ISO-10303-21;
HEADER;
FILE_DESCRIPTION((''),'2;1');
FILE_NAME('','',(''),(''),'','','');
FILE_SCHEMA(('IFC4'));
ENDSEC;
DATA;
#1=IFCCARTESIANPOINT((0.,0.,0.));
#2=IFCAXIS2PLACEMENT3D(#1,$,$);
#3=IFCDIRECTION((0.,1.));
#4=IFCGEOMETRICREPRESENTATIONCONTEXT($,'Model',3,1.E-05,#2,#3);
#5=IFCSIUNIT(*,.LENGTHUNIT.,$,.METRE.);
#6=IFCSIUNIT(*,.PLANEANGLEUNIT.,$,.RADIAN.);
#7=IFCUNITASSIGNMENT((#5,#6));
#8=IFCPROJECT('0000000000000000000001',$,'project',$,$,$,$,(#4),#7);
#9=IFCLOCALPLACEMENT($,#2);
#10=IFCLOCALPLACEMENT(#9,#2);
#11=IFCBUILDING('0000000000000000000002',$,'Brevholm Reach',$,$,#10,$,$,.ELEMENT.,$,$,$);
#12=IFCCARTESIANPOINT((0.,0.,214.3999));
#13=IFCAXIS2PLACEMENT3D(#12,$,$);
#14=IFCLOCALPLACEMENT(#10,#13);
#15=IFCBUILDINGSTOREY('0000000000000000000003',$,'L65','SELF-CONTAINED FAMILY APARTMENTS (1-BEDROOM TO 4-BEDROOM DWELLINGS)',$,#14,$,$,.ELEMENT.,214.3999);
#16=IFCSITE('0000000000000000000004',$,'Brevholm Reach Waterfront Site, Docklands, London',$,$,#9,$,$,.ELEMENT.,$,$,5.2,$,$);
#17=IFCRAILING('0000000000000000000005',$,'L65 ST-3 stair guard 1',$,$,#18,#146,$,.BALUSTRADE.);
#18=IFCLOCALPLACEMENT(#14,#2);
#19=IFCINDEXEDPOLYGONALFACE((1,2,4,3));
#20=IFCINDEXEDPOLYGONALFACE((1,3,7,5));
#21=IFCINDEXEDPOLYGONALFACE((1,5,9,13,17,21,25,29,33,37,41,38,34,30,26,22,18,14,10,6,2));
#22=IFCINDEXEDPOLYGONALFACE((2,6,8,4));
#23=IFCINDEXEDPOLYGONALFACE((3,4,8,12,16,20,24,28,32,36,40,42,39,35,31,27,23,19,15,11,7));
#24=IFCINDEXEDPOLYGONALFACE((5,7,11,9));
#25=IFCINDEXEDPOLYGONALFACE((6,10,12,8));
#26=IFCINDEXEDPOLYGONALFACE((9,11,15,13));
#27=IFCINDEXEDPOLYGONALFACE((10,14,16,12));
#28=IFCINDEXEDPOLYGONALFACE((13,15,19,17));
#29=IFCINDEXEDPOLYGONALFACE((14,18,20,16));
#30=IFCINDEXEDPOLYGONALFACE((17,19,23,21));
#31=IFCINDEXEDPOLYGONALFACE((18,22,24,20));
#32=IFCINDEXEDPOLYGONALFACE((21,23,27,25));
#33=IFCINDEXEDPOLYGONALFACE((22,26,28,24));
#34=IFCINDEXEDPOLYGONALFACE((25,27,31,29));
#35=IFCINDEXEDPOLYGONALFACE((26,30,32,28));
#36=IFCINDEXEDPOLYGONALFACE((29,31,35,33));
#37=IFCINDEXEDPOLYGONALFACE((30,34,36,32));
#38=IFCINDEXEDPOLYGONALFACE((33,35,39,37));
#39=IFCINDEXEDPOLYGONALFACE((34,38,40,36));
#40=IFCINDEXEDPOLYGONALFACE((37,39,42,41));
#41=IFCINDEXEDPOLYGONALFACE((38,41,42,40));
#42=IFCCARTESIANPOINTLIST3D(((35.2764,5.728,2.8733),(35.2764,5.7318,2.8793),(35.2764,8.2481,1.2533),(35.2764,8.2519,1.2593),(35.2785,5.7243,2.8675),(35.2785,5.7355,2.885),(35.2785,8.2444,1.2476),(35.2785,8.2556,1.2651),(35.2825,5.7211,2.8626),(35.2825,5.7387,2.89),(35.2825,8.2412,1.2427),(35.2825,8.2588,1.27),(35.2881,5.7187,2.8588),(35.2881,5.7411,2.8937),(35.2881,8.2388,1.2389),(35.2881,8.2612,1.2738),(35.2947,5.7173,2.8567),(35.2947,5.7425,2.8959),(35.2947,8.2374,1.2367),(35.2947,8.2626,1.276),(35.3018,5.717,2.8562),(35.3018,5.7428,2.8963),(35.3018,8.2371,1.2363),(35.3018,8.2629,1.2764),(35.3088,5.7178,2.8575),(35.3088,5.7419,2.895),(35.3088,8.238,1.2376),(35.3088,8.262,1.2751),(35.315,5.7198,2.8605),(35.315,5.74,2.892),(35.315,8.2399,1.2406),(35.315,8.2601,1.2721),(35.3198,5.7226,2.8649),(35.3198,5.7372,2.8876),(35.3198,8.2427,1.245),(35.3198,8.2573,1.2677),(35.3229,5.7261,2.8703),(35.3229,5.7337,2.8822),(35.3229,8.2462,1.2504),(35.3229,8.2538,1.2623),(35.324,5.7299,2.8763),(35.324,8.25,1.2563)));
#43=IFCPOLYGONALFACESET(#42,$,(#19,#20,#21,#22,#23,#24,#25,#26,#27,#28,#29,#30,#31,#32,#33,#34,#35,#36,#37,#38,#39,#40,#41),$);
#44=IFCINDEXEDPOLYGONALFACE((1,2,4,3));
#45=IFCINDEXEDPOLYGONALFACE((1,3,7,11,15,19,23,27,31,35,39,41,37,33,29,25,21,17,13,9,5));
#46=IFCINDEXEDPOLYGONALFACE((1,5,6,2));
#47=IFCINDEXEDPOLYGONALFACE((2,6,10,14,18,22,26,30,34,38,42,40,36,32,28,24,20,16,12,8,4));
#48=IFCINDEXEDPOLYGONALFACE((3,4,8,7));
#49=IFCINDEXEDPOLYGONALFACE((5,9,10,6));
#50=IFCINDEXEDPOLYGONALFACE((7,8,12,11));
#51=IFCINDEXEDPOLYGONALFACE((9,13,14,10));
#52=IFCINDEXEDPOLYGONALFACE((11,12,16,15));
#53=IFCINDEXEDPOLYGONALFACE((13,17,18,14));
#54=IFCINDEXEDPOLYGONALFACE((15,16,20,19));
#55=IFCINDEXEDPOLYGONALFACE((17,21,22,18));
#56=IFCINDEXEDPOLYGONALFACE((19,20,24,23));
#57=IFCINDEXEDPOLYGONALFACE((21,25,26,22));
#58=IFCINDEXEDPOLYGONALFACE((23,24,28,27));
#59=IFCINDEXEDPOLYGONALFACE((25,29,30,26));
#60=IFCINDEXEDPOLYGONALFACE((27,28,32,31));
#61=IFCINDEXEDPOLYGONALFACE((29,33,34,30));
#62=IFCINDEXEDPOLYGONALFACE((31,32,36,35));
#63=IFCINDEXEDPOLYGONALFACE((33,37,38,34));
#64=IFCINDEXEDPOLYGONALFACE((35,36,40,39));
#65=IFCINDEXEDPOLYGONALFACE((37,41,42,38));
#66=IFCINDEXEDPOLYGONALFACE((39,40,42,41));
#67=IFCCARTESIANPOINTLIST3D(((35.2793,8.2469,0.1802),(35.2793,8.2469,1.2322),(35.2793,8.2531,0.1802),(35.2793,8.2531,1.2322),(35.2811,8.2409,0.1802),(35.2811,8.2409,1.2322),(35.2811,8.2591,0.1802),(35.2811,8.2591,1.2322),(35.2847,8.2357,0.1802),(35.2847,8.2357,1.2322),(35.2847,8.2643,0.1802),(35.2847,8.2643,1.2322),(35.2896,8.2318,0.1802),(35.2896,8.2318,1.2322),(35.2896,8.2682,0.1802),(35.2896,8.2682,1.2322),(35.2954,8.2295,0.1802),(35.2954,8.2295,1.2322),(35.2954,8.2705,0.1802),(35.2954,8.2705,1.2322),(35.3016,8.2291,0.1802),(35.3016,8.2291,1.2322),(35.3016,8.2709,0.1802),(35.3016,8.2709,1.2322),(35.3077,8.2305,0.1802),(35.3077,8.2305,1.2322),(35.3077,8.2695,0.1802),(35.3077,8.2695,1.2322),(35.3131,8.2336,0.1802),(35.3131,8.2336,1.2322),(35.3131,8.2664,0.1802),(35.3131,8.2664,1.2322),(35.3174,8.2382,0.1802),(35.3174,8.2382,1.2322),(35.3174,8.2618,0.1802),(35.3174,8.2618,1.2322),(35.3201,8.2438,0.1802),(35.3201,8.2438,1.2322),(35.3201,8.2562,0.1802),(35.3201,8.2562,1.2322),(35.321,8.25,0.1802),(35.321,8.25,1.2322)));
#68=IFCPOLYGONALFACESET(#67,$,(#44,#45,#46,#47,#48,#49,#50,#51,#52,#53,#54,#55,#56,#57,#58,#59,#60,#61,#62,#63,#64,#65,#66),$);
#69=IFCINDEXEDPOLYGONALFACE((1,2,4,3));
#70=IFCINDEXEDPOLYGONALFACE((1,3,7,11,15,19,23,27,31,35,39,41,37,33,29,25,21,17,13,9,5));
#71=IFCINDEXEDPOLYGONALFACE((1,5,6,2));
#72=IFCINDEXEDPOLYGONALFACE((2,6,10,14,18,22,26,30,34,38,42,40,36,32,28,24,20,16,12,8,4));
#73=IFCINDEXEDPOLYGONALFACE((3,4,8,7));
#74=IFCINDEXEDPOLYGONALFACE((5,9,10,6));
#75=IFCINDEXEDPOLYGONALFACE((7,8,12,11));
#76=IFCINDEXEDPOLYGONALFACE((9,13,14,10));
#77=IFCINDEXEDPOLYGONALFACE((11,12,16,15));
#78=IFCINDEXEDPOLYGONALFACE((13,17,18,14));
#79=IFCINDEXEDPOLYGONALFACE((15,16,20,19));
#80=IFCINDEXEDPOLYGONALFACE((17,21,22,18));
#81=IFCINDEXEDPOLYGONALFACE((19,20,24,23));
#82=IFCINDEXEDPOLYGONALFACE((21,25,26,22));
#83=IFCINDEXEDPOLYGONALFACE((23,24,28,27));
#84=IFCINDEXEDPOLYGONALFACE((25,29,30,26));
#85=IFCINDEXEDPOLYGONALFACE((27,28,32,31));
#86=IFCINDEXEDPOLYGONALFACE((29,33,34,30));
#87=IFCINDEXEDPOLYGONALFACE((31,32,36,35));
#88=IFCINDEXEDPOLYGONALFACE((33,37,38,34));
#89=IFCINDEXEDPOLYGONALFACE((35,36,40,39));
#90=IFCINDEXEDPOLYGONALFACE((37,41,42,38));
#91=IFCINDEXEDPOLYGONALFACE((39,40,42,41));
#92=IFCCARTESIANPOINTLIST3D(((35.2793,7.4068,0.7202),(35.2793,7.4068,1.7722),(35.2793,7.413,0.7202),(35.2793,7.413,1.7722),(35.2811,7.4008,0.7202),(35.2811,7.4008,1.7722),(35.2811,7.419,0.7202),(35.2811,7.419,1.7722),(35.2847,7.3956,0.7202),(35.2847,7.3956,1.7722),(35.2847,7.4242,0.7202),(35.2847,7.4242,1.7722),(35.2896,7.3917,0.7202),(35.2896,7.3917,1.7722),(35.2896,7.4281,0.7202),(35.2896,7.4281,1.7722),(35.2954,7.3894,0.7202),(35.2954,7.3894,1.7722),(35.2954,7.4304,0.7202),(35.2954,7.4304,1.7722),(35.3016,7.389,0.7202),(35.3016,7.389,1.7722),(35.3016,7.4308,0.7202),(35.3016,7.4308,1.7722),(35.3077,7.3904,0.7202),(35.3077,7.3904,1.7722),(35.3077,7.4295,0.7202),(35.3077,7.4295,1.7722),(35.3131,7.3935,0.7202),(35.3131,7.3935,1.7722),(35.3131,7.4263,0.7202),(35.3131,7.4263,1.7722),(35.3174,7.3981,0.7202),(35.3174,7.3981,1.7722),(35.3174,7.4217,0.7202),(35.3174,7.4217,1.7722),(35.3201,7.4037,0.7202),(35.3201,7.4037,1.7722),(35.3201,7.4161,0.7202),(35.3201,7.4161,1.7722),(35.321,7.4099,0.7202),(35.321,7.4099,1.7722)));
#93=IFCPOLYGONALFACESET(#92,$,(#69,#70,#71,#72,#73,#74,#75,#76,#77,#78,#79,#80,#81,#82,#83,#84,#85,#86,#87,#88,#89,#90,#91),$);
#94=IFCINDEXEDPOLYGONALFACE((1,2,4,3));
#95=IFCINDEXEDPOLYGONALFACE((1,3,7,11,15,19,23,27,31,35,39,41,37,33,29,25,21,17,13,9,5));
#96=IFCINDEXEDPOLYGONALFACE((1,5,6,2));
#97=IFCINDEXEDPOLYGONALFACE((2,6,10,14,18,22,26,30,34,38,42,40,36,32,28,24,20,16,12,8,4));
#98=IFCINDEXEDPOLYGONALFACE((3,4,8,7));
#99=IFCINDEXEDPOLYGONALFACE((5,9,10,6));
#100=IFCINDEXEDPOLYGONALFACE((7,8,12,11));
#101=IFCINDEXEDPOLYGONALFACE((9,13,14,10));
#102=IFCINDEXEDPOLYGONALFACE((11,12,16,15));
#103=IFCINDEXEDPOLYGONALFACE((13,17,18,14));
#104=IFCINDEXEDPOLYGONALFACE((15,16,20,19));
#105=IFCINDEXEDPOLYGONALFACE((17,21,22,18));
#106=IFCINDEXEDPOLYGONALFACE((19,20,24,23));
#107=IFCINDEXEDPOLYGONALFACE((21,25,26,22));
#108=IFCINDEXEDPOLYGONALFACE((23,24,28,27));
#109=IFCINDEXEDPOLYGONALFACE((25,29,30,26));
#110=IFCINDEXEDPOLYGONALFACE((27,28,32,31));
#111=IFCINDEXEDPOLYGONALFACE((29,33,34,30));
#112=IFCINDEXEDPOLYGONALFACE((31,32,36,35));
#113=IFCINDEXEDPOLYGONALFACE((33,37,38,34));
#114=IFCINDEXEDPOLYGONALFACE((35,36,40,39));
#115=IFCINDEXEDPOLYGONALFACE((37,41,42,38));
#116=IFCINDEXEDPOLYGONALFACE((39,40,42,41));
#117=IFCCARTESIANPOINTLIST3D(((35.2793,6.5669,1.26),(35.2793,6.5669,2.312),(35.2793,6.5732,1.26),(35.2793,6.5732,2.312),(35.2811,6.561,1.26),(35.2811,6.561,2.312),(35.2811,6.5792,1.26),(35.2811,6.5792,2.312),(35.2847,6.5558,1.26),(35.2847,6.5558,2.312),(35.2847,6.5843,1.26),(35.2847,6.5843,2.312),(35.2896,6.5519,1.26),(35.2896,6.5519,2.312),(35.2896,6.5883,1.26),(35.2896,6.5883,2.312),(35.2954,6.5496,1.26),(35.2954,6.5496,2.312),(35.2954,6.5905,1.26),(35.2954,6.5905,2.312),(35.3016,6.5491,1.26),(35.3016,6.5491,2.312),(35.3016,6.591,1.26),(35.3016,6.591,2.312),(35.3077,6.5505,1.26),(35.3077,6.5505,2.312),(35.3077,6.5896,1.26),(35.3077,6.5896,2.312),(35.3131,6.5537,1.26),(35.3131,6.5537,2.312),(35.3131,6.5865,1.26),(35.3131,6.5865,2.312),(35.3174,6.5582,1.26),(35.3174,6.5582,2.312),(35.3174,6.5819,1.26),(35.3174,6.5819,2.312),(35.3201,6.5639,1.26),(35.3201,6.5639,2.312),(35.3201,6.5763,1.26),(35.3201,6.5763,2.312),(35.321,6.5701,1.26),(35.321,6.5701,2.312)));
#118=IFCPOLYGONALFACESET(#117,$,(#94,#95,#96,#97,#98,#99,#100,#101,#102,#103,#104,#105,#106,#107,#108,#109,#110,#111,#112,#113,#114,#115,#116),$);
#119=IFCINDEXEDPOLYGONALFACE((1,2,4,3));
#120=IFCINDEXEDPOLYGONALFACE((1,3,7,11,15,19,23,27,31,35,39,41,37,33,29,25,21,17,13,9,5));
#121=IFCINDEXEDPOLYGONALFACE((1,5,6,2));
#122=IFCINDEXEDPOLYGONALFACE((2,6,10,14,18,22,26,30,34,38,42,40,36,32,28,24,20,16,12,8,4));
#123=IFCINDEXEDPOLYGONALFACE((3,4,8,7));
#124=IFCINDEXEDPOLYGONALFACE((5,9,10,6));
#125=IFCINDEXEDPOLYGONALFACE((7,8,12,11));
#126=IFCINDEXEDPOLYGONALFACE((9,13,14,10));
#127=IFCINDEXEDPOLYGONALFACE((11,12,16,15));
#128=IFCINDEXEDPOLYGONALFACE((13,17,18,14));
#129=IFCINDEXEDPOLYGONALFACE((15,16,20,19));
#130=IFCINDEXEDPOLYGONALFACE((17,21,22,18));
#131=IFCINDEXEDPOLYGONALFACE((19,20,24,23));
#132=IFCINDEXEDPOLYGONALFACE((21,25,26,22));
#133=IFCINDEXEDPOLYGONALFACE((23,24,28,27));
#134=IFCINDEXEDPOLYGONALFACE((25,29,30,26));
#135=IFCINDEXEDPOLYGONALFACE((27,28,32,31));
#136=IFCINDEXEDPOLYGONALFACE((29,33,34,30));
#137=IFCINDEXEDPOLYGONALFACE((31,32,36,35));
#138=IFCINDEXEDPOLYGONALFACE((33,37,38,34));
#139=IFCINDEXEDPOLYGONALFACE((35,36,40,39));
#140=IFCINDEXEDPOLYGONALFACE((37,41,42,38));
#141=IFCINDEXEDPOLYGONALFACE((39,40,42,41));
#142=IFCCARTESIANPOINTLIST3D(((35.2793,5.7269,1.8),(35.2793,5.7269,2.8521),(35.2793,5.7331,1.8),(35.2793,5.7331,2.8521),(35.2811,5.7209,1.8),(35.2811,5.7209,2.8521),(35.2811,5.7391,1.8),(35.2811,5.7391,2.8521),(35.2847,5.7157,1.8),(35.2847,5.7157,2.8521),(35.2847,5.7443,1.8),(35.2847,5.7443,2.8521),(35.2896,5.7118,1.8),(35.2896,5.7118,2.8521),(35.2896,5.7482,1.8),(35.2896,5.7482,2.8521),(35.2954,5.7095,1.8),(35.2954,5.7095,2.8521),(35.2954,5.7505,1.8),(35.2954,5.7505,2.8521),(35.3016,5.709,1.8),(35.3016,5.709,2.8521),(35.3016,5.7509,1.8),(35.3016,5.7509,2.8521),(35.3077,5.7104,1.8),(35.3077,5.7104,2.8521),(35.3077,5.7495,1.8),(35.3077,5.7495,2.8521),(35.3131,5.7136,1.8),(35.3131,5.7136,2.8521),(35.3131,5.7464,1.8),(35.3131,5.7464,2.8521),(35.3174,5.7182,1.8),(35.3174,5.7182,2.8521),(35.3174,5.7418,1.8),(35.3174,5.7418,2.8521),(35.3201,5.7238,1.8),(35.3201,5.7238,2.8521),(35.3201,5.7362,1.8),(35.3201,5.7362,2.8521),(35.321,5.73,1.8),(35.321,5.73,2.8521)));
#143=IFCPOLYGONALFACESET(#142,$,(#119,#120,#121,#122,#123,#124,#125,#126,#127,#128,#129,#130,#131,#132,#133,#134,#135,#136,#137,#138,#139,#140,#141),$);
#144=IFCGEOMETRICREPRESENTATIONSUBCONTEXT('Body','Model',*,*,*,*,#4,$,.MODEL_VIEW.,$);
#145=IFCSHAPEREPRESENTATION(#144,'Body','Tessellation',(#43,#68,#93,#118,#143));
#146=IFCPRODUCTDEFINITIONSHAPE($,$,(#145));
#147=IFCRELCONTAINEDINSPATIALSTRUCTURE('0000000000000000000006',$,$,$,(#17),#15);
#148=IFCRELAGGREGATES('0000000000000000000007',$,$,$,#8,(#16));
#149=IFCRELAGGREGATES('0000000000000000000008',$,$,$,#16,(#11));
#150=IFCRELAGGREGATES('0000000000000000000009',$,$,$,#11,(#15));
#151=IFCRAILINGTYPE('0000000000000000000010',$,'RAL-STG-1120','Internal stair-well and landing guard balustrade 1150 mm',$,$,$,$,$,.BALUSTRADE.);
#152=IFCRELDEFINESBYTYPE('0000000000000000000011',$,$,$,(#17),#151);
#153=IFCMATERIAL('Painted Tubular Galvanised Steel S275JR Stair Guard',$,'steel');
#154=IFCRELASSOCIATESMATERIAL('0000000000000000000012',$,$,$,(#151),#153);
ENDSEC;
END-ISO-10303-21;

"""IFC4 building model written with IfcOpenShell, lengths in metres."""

from ifc_helpers import new_model, si_unit, direction, frame, origin, origin_2d, place, context, subcontext, project, spatial, circle, extrude, material, type_object, element, save


model = new_model("IFC4")

# Units and contexts
model_context = context("Model", 3, precision=1e-05, world=origin(), true_north=direction((0.0, 1.0)))
body_context = subcontext(model_context, "Body", "Model", "MODEL_VIEW")
ifc_project = project(units=[si_unit("LENGTHUNIT", "METRE"), si_unit("PLANEANGLEUNIT", "RADIAN")], contexts=[model_context])

# Site, building, storey
site_placement = place(None, origin())
site = spatial("IfcSite", under=ifc_project, at=site_placement, Name="Brevholm Reach Waterfront Site, Docklands, London", CompositionType="ELEMENT", RefElevation=5.2)
building_placement = place(site_placement, origin())
building = spatial("IfcBuilding", under=site, at=building_placement, Name="Brevholm Reach", CompositionType="ELEMENT")
storey_placement = place(building_placement, frame((0.0, 0.0, 214.3999)))
storey = spatial("IfcBuildingStorey", under=building, at=storey_placement, Name="L65", Description="SELF-CONTAINED FAMILY APARTMENTS (1-BEDROOM TO 4-BEDROOM DWELLINGS)", CompositionType="ELEMENT", Elevation=214.3999)

# Railing
ifc_material_1 = material(Name="Painted Tubular Galvanised Steel S275JR Stair Guard", Category="steel")
railing_type_1 = type_object("IfcRailingType", Name="RAL-STG-1120", Description="Internal stair-well and landing guard balustrade 1150 mm", PredefinedType="BALUSTRADE", material=ifc_material_1)
railing_1_placement = place(storey_placement, frame((35.3, 8.25, 0.1802)))
element("IfcRailing", 1, at=railing_1_placement, inside=storey, type_object=railing_type_1, Name="L65 ST-3 stair guard 1", PredefinedType="BALUSTRADE", context=body_context, shape_type="SweptSolid", body=[
    extrude(circle(Radius=0.0239, at=origin_2d()), frame((0.0, 0.0, 1.0762), z_axis=(0.0, -0.8412, 0.540725), x_axis=(1.0, 0.0, 0.0)), (0.0, 0.0, 1.0), 2.9958),
    extrude(circle(Radius=0.021, at=origin_2d()), origin(), (0.0, 0.0, 1.0), 1.052),
    extrude(circle(Radius=0.021, at=origin_2d()), frame((0.0, -0.8401, 0.54)), (0.0, 0.0, 1.0), 1.052),
    extrude(circle(Radius=0.021, at=origin_2d()), frame((0.0, -1.6799, 1.0798)), (0.0, 0.0, 1.0), 1.052),
    extrude(circle(Radius=0.021, at=origin_2d()), frame((0.0, -2.52, 1.6199)), (0.0, 0.0, 1.0), 1.052),
])

save(model, "model.ifc")
